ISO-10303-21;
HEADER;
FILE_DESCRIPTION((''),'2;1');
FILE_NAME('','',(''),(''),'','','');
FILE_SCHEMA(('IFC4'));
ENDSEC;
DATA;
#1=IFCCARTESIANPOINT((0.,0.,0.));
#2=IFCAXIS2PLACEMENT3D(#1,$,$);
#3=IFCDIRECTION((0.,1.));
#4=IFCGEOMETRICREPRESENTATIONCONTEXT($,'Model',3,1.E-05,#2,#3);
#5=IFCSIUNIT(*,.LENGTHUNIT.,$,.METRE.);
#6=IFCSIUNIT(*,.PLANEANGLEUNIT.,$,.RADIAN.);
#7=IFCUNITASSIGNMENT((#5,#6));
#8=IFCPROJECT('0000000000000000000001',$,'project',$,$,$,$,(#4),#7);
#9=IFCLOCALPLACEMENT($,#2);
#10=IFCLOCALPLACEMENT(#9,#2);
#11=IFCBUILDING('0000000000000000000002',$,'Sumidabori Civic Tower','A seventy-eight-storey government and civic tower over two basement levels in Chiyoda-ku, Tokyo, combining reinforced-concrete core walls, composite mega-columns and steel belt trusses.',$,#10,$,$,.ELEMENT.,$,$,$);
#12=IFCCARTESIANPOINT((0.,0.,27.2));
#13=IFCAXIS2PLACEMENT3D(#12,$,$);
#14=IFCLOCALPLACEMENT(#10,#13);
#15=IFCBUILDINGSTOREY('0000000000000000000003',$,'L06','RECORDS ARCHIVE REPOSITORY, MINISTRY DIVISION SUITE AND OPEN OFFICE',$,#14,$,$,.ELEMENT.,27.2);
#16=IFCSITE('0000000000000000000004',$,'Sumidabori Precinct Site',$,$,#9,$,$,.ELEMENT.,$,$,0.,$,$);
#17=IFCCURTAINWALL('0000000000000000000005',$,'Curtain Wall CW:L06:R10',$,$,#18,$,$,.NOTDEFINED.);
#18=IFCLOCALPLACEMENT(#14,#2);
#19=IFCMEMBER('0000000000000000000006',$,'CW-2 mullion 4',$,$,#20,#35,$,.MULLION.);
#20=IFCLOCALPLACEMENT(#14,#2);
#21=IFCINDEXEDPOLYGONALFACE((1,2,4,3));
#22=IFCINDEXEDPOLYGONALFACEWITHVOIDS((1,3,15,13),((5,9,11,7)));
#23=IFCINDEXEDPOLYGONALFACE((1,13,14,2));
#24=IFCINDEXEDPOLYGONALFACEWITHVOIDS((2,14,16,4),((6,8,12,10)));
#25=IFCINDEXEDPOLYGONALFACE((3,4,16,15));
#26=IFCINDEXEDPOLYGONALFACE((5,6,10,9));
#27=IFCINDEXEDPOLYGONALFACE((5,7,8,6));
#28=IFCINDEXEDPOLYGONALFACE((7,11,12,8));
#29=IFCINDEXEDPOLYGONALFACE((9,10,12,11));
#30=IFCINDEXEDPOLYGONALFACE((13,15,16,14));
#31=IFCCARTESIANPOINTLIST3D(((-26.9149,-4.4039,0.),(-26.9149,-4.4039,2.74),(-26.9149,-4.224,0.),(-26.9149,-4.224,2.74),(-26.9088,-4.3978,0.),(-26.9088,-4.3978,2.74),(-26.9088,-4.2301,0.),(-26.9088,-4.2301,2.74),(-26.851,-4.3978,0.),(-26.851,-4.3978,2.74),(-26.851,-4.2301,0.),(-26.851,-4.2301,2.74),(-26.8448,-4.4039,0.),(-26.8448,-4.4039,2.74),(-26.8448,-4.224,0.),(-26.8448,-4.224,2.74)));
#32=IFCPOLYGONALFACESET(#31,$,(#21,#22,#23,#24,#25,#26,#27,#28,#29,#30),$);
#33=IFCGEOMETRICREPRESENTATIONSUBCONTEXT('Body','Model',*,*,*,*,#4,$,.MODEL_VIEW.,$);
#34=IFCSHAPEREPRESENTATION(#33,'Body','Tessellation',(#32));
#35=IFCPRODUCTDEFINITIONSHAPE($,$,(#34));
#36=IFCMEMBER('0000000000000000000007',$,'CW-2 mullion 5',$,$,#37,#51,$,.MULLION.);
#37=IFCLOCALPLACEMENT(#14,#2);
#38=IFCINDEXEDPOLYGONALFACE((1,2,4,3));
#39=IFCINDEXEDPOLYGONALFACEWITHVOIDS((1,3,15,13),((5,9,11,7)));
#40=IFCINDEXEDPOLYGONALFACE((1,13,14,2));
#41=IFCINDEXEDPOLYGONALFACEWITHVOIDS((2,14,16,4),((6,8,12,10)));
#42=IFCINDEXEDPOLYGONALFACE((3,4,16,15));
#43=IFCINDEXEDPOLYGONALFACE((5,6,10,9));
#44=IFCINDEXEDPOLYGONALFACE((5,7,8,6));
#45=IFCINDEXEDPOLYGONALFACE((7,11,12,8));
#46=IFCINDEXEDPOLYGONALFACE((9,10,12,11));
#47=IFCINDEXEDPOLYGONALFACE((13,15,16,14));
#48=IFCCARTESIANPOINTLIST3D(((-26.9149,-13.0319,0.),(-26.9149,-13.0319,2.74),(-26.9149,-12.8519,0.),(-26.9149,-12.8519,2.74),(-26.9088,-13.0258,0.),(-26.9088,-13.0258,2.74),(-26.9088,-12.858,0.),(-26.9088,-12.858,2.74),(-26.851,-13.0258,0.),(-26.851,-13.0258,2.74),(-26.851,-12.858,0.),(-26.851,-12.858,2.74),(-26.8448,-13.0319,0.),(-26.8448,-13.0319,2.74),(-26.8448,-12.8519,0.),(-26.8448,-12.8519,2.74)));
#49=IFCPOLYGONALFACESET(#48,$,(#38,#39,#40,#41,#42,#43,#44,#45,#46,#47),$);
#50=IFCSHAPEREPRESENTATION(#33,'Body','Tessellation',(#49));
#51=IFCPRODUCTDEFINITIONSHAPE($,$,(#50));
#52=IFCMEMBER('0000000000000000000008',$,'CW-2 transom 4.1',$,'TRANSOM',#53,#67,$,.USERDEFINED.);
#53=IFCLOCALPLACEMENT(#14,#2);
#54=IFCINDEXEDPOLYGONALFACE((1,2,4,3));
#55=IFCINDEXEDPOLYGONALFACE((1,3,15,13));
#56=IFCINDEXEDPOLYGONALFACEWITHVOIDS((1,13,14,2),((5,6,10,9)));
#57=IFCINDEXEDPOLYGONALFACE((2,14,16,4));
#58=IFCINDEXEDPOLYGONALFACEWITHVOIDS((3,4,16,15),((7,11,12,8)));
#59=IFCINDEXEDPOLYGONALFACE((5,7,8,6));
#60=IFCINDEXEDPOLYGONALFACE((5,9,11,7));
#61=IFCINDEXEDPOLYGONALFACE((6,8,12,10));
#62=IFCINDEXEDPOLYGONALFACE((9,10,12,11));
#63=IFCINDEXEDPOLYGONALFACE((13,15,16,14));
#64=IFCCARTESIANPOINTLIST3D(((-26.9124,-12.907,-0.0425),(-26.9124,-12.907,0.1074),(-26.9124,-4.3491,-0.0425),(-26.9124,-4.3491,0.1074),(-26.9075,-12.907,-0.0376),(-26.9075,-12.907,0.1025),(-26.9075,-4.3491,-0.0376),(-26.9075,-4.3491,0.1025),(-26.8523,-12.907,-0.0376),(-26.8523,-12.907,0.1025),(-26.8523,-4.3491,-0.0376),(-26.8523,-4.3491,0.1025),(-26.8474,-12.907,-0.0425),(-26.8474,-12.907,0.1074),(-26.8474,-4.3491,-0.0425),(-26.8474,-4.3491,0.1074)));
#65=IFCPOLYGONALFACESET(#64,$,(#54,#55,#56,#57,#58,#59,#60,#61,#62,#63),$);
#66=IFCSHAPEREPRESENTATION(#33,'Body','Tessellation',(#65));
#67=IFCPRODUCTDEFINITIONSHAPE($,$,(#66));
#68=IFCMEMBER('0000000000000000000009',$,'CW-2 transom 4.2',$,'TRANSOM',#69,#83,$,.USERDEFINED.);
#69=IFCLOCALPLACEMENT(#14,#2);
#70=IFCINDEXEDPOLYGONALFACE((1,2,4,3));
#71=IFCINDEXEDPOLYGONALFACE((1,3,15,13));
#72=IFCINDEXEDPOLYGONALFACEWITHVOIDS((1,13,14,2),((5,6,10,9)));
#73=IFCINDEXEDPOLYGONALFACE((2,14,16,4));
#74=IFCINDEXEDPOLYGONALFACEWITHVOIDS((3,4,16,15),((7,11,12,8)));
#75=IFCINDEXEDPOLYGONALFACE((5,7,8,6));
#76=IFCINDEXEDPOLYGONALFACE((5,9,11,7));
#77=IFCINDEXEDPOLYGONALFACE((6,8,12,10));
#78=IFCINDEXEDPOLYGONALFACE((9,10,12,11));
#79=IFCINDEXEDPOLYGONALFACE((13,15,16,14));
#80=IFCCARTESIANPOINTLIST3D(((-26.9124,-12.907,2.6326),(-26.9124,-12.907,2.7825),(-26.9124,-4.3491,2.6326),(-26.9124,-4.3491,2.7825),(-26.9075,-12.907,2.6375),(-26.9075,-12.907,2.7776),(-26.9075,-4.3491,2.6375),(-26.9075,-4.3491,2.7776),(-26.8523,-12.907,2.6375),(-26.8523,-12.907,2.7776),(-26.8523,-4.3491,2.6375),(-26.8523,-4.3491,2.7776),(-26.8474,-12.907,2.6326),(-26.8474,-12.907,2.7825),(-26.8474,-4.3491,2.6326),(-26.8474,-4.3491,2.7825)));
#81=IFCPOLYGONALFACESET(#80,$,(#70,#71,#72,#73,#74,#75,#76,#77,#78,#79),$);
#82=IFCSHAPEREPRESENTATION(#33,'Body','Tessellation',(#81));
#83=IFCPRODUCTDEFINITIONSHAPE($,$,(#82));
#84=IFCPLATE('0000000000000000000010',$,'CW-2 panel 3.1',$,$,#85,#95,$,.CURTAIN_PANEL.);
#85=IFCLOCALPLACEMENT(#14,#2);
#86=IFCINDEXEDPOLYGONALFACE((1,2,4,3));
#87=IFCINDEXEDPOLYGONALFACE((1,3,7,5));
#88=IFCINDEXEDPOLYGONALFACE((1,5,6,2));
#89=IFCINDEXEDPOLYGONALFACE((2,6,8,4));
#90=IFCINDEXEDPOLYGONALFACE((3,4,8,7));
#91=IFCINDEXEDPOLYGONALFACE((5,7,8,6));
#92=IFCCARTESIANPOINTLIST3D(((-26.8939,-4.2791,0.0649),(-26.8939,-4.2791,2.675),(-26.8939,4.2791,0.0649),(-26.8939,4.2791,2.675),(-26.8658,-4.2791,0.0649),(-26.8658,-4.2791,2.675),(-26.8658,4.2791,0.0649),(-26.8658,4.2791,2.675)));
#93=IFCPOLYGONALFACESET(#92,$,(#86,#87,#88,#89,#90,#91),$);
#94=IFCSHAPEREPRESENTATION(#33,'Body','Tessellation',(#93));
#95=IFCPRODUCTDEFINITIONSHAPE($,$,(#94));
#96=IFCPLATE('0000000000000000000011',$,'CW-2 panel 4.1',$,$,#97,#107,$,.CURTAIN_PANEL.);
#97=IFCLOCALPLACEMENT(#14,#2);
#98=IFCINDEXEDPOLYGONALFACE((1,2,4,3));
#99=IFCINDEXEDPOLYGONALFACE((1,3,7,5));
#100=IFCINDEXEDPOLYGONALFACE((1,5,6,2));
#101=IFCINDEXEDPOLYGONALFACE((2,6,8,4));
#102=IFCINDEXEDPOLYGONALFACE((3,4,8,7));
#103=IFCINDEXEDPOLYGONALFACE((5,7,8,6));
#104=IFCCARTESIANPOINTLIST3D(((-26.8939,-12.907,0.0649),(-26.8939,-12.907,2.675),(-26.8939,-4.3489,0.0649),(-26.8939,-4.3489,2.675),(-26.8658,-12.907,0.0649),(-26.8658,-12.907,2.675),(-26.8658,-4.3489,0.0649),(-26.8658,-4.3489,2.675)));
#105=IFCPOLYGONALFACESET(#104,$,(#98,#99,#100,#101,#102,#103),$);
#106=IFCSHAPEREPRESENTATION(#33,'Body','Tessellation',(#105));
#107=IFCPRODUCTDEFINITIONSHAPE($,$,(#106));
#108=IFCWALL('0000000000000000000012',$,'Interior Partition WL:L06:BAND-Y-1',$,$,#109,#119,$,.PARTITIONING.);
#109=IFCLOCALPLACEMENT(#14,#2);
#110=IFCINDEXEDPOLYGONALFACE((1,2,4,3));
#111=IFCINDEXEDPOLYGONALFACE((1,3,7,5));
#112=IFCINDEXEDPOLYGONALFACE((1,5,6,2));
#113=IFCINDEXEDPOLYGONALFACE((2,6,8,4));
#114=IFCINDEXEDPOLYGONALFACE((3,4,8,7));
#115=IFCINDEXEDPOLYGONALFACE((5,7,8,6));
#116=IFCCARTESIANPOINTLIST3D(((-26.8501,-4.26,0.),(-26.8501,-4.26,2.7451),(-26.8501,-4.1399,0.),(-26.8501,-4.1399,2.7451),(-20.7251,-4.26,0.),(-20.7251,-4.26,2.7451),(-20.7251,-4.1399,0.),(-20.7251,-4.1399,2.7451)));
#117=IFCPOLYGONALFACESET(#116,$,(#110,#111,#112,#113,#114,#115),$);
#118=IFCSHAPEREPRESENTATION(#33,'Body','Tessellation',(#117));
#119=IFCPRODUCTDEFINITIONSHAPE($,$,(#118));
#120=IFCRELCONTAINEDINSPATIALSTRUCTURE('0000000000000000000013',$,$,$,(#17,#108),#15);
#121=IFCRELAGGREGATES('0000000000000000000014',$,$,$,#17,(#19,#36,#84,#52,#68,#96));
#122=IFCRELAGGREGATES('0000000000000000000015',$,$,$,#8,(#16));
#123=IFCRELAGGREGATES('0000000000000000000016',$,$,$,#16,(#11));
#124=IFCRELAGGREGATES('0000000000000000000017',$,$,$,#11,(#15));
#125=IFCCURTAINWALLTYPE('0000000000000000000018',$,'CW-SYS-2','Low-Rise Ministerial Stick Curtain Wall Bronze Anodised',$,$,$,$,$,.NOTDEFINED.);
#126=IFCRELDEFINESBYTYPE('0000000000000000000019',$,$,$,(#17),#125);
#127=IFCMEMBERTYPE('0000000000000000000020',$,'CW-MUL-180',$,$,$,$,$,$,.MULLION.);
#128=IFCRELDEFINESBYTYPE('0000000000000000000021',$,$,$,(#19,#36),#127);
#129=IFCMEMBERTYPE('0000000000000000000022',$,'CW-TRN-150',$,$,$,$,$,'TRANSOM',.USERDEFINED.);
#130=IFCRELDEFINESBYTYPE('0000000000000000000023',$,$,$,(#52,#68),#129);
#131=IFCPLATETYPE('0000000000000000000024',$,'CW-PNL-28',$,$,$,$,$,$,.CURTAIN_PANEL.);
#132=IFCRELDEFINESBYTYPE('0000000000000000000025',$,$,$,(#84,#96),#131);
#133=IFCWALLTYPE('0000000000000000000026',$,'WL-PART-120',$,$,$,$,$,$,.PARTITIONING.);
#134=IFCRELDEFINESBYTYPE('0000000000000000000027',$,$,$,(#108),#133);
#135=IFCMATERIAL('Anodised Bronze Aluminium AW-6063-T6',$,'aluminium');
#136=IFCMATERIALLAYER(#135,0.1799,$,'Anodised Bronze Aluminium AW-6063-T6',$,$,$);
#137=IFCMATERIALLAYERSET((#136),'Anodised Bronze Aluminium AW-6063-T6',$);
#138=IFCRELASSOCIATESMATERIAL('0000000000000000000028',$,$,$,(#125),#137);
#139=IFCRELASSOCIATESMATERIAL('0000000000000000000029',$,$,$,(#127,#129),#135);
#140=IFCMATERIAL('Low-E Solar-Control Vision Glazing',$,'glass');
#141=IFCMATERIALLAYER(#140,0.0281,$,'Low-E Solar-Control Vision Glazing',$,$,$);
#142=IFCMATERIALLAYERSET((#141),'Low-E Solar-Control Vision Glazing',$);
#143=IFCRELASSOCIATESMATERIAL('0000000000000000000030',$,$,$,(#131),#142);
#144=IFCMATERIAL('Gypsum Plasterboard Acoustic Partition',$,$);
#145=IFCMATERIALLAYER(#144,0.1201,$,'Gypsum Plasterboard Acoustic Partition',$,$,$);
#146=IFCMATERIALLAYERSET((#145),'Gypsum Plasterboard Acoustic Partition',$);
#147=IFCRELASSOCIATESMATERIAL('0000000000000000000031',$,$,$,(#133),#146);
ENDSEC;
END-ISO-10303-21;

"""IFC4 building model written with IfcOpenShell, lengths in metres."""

from ifc_helpers import new_model, si_unit, direction, frame, frame_2d, origin, origin_2d, place, context, subcontext, project, spatial, rectangle, hollow_rectangle, extrude, source, transform, mapped, material, layer, layer_set, material_profile, profile_set, type_object, element, aggregate, save


model = new_model("IFC4")

# Units and contexts
model_context = context("Model", 3, precision=1e-05, world=origin(), true_north=direction((0.0, 1.0)))
body_context = subcontext(model_context, "Body", "Model", "MODEL_VIEW")
ifc_project = project(units=[si_unit("LENGTHUNIT", "METRE"), si_unit("PLANEANGLEUNIT", "RADIAN")], contexts=[model_context])

# Site, building, storey
site_placement = place(None, origin())
site = spatial("IfcSite", under=ifc_project, at=site_placement, Name="Sumidabori Precinct Site", CompositionType="ELEMENT", RefElevation=0.0)
building_placement = place(site_placement, origin())
building = spatial("IfcBuilding", under=site, at=building_placement, Name="Sumidabori Civic Tower", Description="A seventy-eight-storey government and civic tower over two basement levels in Chiyoda-ku, Tokyo, combining reinforced-concrete core walls, composite mega-columns and steel belt trusses.", CompositionType="ELEMENT")
storey_placement = place(building_placement, frame((0.0, 0.0, 27.2)))
storey = spatial("IfcBuildingStorey", under=building, at=storey_placement, Name="L06", Description="RECORDS ARCHIVE REPOSITORY, MINISTRY DIVISION SUITE AND OPEN OFFICE", CompositionType="ELEMENT", Elevation=27.2)

# Curtain wall, members, plates
ifc_material_1 = material(Name="Anodised Bronze Aluminium AW-6063-T6", Category="aluminium")
ifc_layer_1 = layer(ifc_material_1, 0.1799, Name="Anodised Bronze Aluminium AW-6063-T6")
ifc_layer_set_1 = layer_set([ifc_layer_1], Name="Anodised Bronze Aluminium AW-6063-T6")
curtain_wall_type = type_object("IfcCurtainWallType", Name="CW-SYS-2", Description="Low-Rise Ministerial Stick Curtain Wall Bronze Anodised", PredefinedType="NOTDEFINED", material=ifc_layer_set_1)
curtain_wall_placement = place(storey_placement, origin())
curtain_wall = element("IfcCurtainWall", 1, at=curtain_wall_placement, inside=storey, type_object=curtain_wall_type, Name="Curtain Wall CW:L06:R10", PredefinedType="NOTDEFINED")
ifc_material_profile_1 = material_profile(ifc_material_1, hollow_rectangle(XDim=0.0701, YDim=0.1799, WallThickness=0.0061, at=origin_2d()), Name="ALU MULLION 180x70")
ifc_profile_set_1 = profile_set([ifc_material_profile_1], Name="Anodised Bronze Aluminium AW-6063-T6")
member_type_1 = type_object("IfcMemberType", Name="CW-MUL-180", PredefinedType="MULLION", material=ifc_profile_set_1)
shared_shape_1 = source(origin(), body_context, "Body", "SweptSolid", [
    extrude(hollow_rectangle(XDim=0.0701, YDim=0.1799, WallThickness=0.0061, at=origin_2d()), origin(), (0.0, 0.0, 1.0), 2.74),
])
member_1_placement = place(storey_placement, frame((-26.8799, -4.314, 0.0), z_axis=(0.0, 0.0, 1.0), x_axis=(1.0, 0.0, 0.0)))
member_1 = element("IfcMember", 2, at=member_1_placement, type_object=member_type_1, Name="CW-2 mullion 4", PredefinedType="MULLION", context=body_context, shape_type="MappedRepresentation", body=[
    mapped(shared_shape_1, transform((0.0, 0.0, 0.0), x_axis=(1.0, 0.0, 0.0), y_axis=(0.0, 1.0, 0.0), z_axis=(0.0, 0.0, 1.0), scale=1.0)),
])
member_2_placement = place(storey_placement, frame((-26.8799, -12.9419, 0.0), z_axis=(0.0, 0.0, 1.0), x_axis=(1.0, 0.0, 0.0)))
member_2 = element("IfcMember", 3, at=member_2_placement, type_object=member_type_1, Name="CW-2 mullion 5", PredefinedType="MULLION", context=body_context, shape_type="MappedRepresentation", body=[
    mapped(shared_shape_1, transform((0.0, 0.0, 0.0), x_axis=(1.0, 0.0, 0.0), y_axis=(0.0, 1.0, 0.0), z_axis=(0.0, 0.0, 1.0), scale=1.0)),
])
ifc_material_profile_2 = material_profile(ifc_material_1, hollow_rectangle(XDim=0.0649, YDim=0.1499, WallThickness=0.0049, at=origin_2d()), Name="ALU TRANSOM 150x65")
ifc_profile_set_2 = profile_set([ifc_material_profile_2], Name="Anodised Bronze Aluminium AW-6063-T6")
member_type_2 = type_object("IfcMemberType", Name="CW-TRN-150", ElementType="TRANSOM", PredefinedType="USERDEFINED", material=ifc_profile_set_2)
shared_shape_2 = source(origin(), body_context, "Body", "SweptSolid", [
    extrude(hollow_rectangle(XDim=0.0649, YDim=0.1499, WallThickness=0.0049, at=origin_2d()), origin(), (0.0, 0.0, 1.0), 8.5579),
])
member_3_placement = place(storey_placement, frame((-26.8799, -4.3491, 0.0325), z_axis=(0.0, -1.0, 0.0), x_axis=(1.0, 0.0, 0.0)))
member_3 = element("IfcMember", 4, at=member_3_placement, type_object=member_type_2, Name="CW-2 transom 4.1", ObjectType="TRANSOM", PredefinedType="USERDEFINED", context=body_context, shape_type="MappedRepresentation", body=[
    mapped(shared_shape_2, transform((0.0, 0.0, 0.0), x_axis=(1.0, 0.0, 0.0), y_axis=(0.0, 1.0, 0.0), z_axis=(0.0, 0.0, 1.0), scale=1.0)),
])
member_4_placement = place(storey_placement, frame((-26.8799, -4.3491, 2.7075), z_axis=(0.0, -1.0, 0.0), x_axis=(1.0, 0.0, 0.0)))
member_4 = element("IfcMember", 5, at=member_4_placement, type_object=member_type_2, Name="CW-2 transom 4.2", ObjectType="TRANSOM", PredefinedType="USERDEFINED", context=body_context, shape_type="MappedRepresentation", body=[
    mapped(shared_shape_2, transform((0.0, 0.0, 0.0), x_axis=(1.0, 0.0, 0.0), y_axis=(0.0, 1.0, 0.0), z_axis=(0.0, 0.0, 1.0), scale=1.0)),
])
ifc_material_2 = material(Name="Low-E Solar-Control Vision Glazing", Category="glass")
ifc_layer_2 = layer(ifc_material_2, 0.0281, Name="Low-E Solar-Control Vision Glazing")
ifc_layer_set_2 = layer_set([ifc_layer_2], Name="Low-E Solar-Control Vision Glazing")
plate_type = type_object("IfcPlateType", Name="CW-PNL-28", PredefinedType="CURTAIN_PANEL", material=ifc_layer_set_2)
shared_shape_3 = source(origin(), body_context, "Body", "SweptSolid", [
    extrude(rectangle(XDim=8.5581, YDim=0.0281, at=origin_2d()), origin(), (0.0, 0.0, 1.0), 2.6101),
])
plate_1_placement = place(storey_placement, frame((-26.8799, 0.0, 0.0649), z_axis=(0.0, 0.0, 1.0), x_axis=(0.0, -1.0, 0.0)))
plate_1 = element("IfcPlate", 6, at=plate_1_placement, type_object=plate_type, Name="CW-2 panel 3.1", PredefinedType="CURTAIN_PANEL", context=body_context, shape_type="MappedRepresentation", body=[
    mapped(shared_shape_3, transform((0.0, 0.0, 0.0), x_axis=(1.0, 0.0, 0.0), y_axis=(0.0, 1.0, 0.0), z_axis=(0.0, 0.0, 1.0), scale=1.0)),
])
plate_2_placement = place(storey_placement, frame((-26.8799, -8.6279, 0.0649), z_axis=(0.0, 0.0, 1.0), x_axis=(0.0, -1.0, 0.0)))
plate_2 = element("IfcPlate", 7, at=plate_2_placement, type_object=plate_type, Name="CW-2 panel 4.1", PredefinedType="CURTAIN_PANEL", context=body_context, shape_type="MappedRepresentation", body=[
    mapped(shared_shape_3, transform((0.0, 0.0, 0.0), x_axis=(1.0, 0.0, 0.0), y_axis=(0.0, 1.0, 0.0), z_axis=(0.0, 0.0, 1.0), scale=1.0)),
])
aggregate(curtain_wall, [member_1, member_2, plate_1, member_3, member_4, plate_2])

# Wall
ifc_material_3 = material(Name="Gypsum Plasterboard Acoustic Partition")
ifc_layer_3 = layer(ifc_material_3, 0.1201, Name="Gypsum Plasterboard Acoustic Partition")
ifc_layer_set_3 = layer_set([ifc_layer_3], Name="Gypsum Plasterboard Acoustic Partition")
wall_type = type_object("IfcWallType", Name="WL-PART-120", PredefinedType="PARTITIONING", material=ifc_layer_set_3)
shared_shape_4 = source(origin(), body_context, "Body", "SweptSolid", [
    extrude(rectangle(XDim=6.125, YDim=0.1201, at=frame_2d((3.0625, 0.0))), origin(), (0.0, 0.0, 1.0), 2.7451),
])
wall_1_placement = place(storey_placement, frame((-26.8501, -4.2, 0.0), z_axis=(0.0, 0.0, 1.0), x_axis=(1.0, 0.0, 0.0)))
element("IfcWall", 8, at=wall_1_placement, inside=storey, type_object=wall_type, Name="Interior Partition WL:L06:BAND-Y-1", PredefinedType="PARTITIONING", context=body_context, shape_type="MappedRepresentation", body=[
    mapped(shared_shape_4, transform((0.0, 0.0, 0.0), x_axis=(1.0, 0.0, 0.0), y_axis=(0.0, 1.0, 0.0), z_axis=(0.0, 0.0, 1.0), scale=1.0)),
])

save(model, "model.ifc")
